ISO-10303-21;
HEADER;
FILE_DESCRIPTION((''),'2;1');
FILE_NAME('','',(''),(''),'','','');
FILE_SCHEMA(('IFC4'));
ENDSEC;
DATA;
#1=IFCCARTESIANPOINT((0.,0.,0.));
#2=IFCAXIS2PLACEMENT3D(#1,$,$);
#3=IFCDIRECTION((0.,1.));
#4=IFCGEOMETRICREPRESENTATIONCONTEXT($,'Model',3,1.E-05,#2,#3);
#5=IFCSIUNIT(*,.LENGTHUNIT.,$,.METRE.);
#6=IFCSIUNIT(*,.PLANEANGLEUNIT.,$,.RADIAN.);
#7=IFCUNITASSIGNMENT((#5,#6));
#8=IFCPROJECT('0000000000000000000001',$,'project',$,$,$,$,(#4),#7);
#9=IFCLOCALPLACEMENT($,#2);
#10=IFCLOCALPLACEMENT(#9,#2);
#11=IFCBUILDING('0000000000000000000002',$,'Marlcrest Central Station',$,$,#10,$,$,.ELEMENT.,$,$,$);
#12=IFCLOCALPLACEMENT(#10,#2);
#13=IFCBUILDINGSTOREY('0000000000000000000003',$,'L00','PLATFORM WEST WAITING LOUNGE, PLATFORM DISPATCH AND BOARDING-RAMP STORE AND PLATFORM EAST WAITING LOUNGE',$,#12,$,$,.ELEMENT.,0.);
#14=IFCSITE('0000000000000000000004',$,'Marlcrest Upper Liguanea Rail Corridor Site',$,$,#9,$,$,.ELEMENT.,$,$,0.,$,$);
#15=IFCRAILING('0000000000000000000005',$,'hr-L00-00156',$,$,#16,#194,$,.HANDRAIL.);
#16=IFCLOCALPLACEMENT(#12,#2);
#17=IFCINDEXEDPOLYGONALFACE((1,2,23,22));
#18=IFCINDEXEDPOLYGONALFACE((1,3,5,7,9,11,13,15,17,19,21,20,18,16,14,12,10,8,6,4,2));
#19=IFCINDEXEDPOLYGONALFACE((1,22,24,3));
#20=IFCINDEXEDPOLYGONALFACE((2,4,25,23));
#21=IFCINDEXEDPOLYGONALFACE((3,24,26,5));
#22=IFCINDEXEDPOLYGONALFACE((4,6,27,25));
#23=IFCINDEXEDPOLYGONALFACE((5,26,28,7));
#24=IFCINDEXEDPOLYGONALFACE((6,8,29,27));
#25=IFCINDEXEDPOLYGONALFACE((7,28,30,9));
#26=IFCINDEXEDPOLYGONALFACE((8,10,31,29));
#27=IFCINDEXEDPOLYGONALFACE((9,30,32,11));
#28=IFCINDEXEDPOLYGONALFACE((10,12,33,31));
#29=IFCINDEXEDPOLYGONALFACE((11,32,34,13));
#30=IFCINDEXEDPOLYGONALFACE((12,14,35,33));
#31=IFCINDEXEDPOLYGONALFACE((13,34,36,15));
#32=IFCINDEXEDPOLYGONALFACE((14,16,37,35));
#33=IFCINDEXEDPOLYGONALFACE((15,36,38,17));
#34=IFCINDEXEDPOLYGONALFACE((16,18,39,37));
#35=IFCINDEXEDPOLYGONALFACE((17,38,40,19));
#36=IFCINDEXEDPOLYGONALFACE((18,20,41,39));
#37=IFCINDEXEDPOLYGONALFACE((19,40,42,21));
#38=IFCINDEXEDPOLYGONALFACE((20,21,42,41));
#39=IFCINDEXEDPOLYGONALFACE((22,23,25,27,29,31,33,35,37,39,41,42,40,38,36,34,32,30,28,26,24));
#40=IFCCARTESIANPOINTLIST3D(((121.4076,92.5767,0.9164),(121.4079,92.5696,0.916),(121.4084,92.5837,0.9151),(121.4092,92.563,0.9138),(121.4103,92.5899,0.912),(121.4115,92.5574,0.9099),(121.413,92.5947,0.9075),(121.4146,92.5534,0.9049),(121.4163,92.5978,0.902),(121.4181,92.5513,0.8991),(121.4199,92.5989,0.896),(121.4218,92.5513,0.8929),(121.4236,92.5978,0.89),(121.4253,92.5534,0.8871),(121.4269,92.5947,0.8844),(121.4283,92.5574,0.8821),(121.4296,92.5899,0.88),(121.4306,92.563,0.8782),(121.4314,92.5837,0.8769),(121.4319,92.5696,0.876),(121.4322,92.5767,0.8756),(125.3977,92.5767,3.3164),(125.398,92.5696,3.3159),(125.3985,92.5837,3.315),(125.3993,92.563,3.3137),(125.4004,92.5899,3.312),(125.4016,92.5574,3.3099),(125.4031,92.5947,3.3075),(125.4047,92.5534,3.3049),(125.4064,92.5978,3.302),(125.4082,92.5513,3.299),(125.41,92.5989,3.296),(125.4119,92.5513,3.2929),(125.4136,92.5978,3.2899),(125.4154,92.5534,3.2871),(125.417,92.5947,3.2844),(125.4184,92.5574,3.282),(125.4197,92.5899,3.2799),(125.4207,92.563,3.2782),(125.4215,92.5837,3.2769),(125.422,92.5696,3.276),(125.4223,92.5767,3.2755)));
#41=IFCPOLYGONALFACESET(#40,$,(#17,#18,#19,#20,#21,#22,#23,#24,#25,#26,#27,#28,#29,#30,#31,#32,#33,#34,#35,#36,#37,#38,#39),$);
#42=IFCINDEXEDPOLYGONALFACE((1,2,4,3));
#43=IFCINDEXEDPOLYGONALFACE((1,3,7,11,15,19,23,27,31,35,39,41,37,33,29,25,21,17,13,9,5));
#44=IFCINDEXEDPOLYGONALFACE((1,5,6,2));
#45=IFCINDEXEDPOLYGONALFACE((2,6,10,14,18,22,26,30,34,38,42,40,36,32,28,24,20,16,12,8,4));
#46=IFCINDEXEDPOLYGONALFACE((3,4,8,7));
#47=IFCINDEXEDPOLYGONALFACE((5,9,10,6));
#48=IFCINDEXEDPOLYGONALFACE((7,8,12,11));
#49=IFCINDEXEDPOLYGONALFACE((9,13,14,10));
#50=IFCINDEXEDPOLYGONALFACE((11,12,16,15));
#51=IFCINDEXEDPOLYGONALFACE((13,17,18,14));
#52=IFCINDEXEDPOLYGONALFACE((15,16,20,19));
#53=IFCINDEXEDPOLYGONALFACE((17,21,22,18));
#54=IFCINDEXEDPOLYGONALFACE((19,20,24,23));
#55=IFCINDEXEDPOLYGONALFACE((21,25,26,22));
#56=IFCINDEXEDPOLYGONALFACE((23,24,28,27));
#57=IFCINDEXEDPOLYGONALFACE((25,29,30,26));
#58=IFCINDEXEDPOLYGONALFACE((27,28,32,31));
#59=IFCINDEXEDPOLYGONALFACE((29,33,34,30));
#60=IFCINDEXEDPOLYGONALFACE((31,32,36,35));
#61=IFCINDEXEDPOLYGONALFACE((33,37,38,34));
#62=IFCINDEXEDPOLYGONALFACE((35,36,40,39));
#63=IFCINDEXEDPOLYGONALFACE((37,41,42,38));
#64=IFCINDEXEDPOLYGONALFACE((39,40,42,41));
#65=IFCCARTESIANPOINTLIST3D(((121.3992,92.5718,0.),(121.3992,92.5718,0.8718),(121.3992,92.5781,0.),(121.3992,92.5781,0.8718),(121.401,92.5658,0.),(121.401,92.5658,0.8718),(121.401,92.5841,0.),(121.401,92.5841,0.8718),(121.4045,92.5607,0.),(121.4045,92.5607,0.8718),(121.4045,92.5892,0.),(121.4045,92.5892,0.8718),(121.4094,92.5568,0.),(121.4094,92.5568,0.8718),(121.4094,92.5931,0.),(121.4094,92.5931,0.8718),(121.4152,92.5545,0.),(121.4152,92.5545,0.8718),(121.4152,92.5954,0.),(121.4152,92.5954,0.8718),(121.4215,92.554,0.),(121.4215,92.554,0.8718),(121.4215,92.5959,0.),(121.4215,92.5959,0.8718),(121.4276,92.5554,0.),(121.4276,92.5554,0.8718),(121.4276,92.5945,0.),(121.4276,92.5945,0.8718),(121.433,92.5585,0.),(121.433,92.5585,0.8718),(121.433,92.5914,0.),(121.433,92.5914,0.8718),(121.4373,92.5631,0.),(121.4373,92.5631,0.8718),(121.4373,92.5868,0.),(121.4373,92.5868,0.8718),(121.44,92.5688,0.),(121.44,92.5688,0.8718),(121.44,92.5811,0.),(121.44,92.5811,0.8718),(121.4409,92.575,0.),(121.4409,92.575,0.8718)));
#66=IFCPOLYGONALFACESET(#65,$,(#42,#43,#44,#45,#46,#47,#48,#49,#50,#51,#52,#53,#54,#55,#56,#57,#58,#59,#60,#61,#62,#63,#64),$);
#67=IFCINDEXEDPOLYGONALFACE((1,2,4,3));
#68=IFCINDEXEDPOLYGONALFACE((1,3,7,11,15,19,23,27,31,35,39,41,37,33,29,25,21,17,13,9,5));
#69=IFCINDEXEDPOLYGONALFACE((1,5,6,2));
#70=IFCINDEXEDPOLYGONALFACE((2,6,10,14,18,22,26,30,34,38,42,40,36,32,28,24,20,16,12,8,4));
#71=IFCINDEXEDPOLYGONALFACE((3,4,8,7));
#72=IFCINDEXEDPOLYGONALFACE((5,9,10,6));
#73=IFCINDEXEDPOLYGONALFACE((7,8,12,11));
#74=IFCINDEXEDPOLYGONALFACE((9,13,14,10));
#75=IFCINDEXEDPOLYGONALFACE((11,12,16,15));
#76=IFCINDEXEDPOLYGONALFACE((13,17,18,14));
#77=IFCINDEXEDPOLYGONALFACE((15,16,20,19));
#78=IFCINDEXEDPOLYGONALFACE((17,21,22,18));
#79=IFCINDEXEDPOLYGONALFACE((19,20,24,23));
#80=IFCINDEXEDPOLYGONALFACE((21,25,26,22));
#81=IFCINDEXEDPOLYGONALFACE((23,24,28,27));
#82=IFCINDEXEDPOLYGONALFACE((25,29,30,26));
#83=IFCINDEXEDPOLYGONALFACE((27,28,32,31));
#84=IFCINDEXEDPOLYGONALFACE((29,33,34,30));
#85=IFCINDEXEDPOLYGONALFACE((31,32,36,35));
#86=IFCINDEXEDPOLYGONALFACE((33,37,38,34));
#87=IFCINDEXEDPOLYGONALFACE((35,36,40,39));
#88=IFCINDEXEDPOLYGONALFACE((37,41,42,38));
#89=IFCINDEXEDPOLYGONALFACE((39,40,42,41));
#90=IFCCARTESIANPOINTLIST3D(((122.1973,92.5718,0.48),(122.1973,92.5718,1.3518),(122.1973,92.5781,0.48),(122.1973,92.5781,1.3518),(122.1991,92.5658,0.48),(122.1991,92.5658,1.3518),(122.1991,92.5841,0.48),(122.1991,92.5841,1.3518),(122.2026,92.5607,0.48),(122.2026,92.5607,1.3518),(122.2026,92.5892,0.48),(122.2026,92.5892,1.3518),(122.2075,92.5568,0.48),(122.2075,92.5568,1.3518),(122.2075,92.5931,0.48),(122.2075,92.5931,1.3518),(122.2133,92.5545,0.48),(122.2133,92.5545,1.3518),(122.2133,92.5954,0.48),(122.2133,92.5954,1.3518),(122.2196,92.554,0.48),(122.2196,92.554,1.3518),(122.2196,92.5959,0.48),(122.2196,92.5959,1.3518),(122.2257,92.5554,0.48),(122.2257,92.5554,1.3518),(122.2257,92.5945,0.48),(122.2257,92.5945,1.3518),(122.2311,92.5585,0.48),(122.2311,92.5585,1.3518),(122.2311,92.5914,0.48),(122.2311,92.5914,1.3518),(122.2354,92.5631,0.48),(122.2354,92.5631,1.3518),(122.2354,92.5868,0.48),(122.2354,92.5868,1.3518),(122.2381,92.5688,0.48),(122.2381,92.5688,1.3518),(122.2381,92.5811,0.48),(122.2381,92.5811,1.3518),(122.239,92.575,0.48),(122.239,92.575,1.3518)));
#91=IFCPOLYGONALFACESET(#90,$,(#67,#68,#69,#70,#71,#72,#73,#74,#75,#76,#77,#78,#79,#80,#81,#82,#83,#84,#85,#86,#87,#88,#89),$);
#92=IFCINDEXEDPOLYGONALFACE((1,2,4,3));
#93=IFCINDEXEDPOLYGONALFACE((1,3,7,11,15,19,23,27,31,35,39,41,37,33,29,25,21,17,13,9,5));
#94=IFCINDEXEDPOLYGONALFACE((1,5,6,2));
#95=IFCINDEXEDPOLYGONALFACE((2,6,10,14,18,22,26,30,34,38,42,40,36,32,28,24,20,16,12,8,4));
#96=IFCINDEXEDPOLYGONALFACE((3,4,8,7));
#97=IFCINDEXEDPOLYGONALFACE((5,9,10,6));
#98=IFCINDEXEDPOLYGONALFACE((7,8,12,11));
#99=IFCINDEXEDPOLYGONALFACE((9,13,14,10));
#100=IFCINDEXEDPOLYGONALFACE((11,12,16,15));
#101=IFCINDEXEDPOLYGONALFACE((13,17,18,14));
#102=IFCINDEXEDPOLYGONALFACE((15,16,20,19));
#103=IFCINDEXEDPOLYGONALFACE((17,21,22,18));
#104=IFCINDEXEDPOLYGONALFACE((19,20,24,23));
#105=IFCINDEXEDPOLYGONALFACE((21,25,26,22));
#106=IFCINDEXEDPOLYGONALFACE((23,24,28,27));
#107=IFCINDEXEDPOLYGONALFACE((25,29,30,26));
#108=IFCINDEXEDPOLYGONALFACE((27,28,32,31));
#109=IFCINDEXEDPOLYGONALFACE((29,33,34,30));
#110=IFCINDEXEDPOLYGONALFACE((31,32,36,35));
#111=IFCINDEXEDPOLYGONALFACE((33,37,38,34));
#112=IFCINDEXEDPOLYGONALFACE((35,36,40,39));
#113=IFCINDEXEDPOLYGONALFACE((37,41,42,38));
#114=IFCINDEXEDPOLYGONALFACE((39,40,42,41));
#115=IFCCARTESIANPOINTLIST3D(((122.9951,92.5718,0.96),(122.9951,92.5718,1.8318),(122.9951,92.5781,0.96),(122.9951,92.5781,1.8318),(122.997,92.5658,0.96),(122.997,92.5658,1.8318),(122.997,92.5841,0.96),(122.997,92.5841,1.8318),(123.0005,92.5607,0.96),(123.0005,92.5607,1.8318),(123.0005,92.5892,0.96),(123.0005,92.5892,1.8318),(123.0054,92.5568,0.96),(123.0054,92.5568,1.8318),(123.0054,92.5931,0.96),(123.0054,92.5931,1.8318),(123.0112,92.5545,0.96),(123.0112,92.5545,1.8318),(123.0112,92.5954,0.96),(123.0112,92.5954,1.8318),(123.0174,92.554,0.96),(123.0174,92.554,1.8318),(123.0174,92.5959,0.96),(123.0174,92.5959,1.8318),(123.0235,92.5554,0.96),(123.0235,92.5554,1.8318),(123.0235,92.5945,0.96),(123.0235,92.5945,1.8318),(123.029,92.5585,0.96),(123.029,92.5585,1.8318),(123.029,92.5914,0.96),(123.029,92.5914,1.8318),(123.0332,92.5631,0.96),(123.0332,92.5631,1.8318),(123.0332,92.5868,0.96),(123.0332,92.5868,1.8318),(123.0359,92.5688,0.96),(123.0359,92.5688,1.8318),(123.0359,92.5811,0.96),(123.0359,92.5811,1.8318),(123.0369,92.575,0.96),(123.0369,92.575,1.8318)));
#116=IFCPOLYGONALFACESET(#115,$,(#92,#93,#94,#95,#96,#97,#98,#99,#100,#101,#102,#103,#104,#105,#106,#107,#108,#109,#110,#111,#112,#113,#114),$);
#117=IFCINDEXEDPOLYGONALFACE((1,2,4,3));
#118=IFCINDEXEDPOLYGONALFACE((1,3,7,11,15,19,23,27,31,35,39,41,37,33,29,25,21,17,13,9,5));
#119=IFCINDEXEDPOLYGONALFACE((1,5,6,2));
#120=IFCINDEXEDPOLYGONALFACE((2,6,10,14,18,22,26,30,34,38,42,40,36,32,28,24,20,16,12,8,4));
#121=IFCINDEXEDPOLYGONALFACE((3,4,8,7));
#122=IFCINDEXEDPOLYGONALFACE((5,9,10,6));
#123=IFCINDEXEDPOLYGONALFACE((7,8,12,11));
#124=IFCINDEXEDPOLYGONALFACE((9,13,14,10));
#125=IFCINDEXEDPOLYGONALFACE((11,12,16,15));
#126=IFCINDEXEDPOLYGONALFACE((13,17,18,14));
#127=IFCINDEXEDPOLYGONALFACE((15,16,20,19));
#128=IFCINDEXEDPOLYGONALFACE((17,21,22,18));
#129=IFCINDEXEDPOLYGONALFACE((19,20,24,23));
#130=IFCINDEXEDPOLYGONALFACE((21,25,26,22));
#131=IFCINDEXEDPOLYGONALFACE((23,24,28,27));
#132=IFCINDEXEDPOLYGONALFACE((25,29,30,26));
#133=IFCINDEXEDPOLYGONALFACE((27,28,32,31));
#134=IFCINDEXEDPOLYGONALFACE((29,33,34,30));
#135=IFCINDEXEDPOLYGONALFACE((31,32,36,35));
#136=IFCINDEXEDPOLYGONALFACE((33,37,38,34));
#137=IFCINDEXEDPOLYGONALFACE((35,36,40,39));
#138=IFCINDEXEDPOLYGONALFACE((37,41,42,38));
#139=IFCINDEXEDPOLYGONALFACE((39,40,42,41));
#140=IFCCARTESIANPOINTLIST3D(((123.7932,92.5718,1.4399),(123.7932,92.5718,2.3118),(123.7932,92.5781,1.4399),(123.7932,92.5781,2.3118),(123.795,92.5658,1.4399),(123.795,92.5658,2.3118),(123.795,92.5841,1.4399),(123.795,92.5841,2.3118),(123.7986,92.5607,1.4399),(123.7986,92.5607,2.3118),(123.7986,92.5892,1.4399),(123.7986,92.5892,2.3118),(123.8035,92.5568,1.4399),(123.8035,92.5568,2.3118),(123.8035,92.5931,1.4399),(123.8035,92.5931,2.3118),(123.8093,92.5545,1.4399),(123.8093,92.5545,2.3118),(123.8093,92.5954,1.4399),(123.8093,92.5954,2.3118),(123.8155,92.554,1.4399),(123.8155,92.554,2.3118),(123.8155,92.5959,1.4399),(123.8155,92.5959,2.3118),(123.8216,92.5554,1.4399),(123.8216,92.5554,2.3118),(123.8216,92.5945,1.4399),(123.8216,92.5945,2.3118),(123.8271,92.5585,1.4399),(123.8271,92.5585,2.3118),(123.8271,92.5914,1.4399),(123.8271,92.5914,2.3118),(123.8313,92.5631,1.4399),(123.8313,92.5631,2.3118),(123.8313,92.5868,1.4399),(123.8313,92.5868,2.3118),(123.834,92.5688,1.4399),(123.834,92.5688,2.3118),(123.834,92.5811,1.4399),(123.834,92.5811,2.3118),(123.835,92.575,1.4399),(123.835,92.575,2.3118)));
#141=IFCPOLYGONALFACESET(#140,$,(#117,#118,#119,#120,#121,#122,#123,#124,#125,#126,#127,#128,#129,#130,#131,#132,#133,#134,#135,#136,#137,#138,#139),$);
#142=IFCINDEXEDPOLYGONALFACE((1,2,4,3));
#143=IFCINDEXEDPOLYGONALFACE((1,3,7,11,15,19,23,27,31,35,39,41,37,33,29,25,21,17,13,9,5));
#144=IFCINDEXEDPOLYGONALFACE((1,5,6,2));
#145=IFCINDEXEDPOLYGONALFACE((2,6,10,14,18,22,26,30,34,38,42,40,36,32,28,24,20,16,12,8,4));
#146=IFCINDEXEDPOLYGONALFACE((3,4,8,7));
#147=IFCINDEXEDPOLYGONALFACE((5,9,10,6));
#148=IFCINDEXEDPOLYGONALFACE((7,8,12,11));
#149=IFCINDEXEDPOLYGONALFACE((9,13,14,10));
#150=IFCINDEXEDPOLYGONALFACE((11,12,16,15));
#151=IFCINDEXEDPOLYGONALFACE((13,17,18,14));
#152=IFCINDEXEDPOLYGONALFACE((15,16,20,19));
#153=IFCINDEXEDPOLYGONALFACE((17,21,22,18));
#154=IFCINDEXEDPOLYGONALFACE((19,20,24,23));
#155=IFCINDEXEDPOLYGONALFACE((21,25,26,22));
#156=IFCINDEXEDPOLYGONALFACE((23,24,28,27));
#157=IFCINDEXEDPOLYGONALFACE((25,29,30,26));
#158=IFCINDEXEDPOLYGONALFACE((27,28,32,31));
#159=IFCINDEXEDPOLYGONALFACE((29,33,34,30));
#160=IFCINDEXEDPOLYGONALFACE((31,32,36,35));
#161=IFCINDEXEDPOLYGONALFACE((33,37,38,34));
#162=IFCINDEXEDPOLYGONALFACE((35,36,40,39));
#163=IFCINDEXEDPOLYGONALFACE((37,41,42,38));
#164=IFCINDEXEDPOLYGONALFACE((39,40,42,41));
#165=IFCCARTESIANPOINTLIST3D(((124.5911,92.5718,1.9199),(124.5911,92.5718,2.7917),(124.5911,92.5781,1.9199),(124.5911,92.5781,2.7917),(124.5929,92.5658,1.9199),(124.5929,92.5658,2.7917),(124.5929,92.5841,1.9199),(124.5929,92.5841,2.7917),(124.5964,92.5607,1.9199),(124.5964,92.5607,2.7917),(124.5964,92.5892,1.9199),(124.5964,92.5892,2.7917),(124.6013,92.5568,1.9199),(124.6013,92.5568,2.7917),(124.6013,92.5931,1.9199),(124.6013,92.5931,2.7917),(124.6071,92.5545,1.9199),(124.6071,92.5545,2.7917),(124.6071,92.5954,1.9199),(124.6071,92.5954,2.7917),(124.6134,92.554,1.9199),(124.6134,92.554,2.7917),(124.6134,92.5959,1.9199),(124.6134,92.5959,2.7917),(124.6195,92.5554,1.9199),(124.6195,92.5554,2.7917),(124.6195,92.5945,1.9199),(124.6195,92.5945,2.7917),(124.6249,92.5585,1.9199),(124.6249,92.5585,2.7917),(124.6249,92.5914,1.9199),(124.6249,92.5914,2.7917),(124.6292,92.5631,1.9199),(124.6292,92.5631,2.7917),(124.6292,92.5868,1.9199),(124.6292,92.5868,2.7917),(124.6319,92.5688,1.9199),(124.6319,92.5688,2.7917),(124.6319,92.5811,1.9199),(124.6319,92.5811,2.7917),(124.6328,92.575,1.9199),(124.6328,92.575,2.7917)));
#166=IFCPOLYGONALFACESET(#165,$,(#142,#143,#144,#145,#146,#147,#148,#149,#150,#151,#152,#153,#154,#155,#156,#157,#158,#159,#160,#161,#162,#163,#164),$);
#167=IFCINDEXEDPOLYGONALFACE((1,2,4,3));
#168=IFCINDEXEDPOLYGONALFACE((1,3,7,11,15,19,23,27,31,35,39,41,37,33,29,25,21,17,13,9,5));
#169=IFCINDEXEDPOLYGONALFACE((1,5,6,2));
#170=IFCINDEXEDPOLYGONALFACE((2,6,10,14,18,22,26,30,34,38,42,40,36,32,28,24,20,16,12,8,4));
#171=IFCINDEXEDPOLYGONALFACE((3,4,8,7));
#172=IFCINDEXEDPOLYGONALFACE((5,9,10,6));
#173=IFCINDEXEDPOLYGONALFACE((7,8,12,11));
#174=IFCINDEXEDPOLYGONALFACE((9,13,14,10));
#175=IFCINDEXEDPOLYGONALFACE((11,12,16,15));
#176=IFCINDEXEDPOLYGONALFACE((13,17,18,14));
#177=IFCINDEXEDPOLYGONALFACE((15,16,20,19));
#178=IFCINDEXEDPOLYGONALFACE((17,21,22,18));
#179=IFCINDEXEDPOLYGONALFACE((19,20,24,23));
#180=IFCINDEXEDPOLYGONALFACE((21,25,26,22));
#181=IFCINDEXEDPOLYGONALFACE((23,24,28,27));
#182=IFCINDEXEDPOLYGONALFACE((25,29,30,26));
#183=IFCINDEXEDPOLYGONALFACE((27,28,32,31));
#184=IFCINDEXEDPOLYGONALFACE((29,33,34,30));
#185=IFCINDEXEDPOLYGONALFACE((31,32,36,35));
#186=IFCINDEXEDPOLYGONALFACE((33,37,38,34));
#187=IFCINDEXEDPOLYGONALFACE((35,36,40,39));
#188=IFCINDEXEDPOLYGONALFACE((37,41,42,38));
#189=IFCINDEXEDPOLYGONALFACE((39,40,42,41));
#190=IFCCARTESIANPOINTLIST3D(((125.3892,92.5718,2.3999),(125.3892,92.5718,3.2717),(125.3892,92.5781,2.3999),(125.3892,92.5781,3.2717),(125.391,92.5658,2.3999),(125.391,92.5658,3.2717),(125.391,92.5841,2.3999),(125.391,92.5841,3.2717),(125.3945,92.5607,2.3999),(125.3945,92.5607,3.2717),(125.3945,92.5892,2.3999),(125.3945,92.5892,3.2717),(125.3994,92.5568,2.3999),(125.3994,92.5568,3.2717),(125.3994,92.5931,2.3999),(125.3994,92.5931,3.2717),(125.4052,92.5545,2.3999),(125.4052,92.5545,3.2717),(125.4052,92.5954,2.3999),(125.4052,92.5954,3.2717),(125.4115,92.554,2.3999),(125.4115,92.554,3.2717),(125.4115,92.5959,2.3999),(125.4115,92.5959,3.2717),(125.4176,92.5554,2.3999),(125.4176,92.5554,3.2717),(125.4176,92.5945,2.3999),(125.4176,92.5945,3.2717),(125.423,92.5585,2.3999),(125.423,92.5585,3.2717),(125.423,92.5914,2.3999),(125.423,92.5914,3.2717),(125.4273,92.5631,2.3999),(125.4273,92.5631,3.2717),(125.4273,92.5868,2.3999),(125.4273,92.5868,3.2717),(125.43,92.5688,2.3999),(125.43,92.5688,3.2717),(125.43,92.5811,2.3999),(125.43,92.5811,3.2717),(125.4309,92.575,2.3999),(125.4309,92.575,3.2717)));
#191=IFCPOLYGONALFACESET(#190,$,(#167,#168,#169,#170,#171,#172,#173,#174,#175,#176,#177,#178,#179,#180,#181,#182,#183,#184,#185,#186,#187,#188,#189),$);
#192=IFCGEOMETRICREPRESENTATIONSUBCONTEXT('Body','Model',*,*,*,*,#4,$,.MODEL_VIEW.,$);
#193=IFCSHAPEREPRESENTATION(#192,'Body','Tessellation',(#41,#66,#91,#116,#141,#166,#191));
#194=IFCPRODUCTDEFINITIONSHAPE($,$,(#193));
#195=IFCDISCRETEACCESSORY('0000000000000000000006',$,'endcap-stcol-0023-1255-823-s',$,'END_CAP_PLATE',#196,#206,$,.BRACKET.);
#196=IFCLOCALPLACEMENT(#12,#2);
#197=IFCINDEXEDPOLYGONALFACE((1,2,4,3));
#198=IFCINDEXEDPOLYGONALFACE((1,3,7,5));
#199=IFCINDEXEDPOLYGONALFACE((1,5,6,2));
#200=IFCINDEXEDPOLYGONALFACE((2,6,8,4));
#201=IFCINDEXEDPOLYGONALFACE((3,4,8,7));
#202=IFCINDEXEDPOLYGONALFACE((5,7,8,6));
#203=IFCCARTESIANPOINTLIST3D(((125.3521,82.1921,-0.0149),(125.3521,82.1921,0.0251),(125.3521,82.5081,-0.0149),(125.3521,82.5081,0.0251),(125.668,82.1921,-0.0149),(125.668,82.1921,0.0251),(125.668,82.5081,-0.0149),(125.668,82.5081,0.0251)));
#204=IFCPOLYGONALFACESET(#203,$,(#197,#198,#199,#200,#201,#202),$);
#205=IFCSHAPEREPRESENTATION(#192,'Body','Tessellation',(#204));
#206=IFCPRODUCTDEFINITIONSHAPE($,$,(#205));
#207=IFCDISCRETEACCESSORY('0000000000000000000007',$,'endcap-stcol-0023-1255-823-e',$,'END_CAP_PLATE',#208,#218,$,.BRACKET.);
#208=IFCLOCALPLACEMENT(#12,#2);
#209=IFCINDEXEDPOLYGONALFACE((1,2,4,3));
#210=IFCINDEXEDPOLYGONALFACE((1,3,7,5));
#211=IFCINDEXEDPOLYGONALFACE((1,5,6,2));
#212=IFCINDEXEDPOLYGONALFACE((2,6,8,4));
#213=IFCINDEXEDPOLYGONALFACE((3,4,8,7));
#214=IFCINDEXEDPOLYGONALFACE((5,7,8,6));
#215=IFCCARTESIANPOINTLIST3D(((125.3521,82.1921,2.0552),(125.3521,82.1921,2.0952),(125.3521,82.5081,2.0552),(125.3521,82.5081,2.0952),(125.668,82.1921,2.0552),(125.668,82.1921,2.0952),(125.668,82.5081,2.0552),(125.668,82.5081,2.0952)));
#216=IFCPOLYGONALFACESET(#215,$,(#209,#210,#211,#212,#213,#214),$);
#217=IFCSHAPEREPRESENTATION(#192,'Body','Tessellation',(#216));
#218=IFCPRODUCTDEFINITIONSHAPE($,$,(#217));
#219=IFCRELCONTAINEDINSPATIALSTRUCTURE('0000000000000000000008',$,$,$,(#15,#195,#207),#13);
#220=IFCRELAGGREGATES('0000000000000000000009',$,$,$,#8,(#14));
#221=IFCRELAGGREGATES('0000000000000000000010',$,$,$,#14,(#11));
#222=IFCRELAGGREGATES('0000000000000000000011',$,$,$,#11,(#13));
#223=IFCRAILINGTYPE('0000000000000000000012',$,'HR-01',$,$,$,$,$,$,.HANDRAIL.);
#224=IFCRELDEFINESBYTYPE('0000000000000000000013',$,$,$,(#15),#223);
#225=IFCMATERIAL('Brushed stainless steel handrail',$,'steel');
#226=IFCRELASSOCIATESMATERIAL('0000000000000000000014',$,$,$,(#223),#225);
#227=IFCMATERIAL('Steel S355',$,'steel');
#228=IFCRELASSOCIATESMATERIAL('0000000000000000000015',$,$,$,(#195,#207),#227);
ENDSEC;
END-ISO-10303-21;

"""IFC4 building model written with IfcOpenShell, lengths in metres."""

from ifc_helpers import new_model, si_unit, direction, frame, origin, origin_2d, place, context, subcontext, project, spatial, rectangle, circle, extrude, material, type_object, element, save


model = new_model("IFC4")

# Units and contexts
model_context = context("Model", 3, precision=1e-05, world=origin(), true_north=direction((0.0, 1.0)))
body_context = subcontext(model_context, "Body", "Model", "MODEL_VIEW")
ifc_project = project(units=[si_unit("LENGTHUNIT", "METRE"), si_unit("PLANEANGLEUNIT", "RADIAN")], contexts=[model_context])

# Site, building, storey
site_placement = place(None, origin())
site = spatial("IfcSite", under=ifc_project, at=site_placement, Name="Marlcrest Upper Liguanea Rail Corridor Site", CompositionType="ELEMENT", RefElevation=0.0)
building_placement = place(site_placement, origin())
building = spatial("IfcBuilding", under=site, at=building_placement, Name="Marlcrest Central Station", CompositionType="ELEMENT")
storey_placement = place(building_placement, origin())
storey = spatial("IfcBuildingStorey", under=building, at=storey_placement, Name="L00", Description="PLATFORM WEST WAITING LOUNGE, PLATFORM DISPATCH AND BOARDING-RAMP STORE AND PLATFORM EAST WAITING LOUNGE", CompositionType="ELEMENT", Elevation=0.0)

# Shared definitions
ifc_material_1 = material(Name="Steel S355", Category="steel")

# Railing
ifc_material_2 = material(Name="Brushed stainless steel handrail", Category="steel")
railing_type_1 = type_object("IfcRailingType", Name="HR-01", PredefinedType="HANDRAIL", material=ifc_material_2)
railing_1_placement = place(storey_placement, frame((121.4199, 92.575, 0.0)))
element("IfcRailing", 1, at=railing_1_placement, inside=storey, type_object=railing_type_1, Name="hr-L00-00156", PredefinedType="HANDRAIL", context=body_context, shape_type="SweptSolid", body=[
    extrude(circle(Radius=0.0239, at=origin_2d()), frame((0.0, 0.0, 0.896), z_axis=(0.856933, 0.0, 0.515428), x_axis=(0.0, 1.0, 0.0)), (0.0, 0.0, 1.0), 4.6562),
    extrude(circle(Radius=0.021, at=origin_2d()), origin(), (0.0, 0.0, 1.0), 0.8718),
    extrude(circle(Radius=0.021, at=origin_2d()), frame((0.7981, 0.0, 0.48)), (0.0, 0.0, 1.0), 0.8718),
    extrude(circle(Radius=0.021, at=origin_2d()), frame((1.5959, 0.0, 0.96)), (0.0, 0.0, 1.0), 0.8718),
    extrude(circle(Radius=0.021, at=origin_2d()), frame((2.394, 0.0, 1.4399)), (0.0, 0.0, 1.0), 0.8718),
    extrude(circle(Radius=0.021, at=origin_2d()), frame((3.1919, 0.0, 1.9199)), (0.0, 0.0, 1.0), 0.8718),
    extrude(circle(Radius=0.021, at=origin_2d()), frame((3.99, 0.0, 2.3999)), (0.0, 0.0, 1.0), 0.8718),
])

# Discrete accessories
for number, where, z_axis, x_axis, name in (
    (2, (125.51, 82.3501, -0.0149), (0.0, 0.0, 1.0), (1.0, 0.0, 0.0), "endcap-stcol-0023-1255-823-s"),
    (3, (125.51, 82.3501, 2.0552), (0.0, 0.0, 1.0), (1.0, 0.0, 0.0), "endcap-stcol-0023-1255-823-e"),
):
    element("IfcDiscreteAccessory", number, at=place(storey_placement, frame(where, z_axis=z_axis, x_axis=x_axis)), inside=storey, material=ifc_material_1, Name=name, ObjectType="END_CAP_PLATE", PredefinedType="BRACKET", context=body_context, shape_type="SweptSolid", body=[
        extrude(rectangle(XDim=0.3159, YDim=0.3159, at=origin_2d()), origin(), (0.0, 0.0, 1.0), 0.04),
    ])

save(model, "model.ifc")
